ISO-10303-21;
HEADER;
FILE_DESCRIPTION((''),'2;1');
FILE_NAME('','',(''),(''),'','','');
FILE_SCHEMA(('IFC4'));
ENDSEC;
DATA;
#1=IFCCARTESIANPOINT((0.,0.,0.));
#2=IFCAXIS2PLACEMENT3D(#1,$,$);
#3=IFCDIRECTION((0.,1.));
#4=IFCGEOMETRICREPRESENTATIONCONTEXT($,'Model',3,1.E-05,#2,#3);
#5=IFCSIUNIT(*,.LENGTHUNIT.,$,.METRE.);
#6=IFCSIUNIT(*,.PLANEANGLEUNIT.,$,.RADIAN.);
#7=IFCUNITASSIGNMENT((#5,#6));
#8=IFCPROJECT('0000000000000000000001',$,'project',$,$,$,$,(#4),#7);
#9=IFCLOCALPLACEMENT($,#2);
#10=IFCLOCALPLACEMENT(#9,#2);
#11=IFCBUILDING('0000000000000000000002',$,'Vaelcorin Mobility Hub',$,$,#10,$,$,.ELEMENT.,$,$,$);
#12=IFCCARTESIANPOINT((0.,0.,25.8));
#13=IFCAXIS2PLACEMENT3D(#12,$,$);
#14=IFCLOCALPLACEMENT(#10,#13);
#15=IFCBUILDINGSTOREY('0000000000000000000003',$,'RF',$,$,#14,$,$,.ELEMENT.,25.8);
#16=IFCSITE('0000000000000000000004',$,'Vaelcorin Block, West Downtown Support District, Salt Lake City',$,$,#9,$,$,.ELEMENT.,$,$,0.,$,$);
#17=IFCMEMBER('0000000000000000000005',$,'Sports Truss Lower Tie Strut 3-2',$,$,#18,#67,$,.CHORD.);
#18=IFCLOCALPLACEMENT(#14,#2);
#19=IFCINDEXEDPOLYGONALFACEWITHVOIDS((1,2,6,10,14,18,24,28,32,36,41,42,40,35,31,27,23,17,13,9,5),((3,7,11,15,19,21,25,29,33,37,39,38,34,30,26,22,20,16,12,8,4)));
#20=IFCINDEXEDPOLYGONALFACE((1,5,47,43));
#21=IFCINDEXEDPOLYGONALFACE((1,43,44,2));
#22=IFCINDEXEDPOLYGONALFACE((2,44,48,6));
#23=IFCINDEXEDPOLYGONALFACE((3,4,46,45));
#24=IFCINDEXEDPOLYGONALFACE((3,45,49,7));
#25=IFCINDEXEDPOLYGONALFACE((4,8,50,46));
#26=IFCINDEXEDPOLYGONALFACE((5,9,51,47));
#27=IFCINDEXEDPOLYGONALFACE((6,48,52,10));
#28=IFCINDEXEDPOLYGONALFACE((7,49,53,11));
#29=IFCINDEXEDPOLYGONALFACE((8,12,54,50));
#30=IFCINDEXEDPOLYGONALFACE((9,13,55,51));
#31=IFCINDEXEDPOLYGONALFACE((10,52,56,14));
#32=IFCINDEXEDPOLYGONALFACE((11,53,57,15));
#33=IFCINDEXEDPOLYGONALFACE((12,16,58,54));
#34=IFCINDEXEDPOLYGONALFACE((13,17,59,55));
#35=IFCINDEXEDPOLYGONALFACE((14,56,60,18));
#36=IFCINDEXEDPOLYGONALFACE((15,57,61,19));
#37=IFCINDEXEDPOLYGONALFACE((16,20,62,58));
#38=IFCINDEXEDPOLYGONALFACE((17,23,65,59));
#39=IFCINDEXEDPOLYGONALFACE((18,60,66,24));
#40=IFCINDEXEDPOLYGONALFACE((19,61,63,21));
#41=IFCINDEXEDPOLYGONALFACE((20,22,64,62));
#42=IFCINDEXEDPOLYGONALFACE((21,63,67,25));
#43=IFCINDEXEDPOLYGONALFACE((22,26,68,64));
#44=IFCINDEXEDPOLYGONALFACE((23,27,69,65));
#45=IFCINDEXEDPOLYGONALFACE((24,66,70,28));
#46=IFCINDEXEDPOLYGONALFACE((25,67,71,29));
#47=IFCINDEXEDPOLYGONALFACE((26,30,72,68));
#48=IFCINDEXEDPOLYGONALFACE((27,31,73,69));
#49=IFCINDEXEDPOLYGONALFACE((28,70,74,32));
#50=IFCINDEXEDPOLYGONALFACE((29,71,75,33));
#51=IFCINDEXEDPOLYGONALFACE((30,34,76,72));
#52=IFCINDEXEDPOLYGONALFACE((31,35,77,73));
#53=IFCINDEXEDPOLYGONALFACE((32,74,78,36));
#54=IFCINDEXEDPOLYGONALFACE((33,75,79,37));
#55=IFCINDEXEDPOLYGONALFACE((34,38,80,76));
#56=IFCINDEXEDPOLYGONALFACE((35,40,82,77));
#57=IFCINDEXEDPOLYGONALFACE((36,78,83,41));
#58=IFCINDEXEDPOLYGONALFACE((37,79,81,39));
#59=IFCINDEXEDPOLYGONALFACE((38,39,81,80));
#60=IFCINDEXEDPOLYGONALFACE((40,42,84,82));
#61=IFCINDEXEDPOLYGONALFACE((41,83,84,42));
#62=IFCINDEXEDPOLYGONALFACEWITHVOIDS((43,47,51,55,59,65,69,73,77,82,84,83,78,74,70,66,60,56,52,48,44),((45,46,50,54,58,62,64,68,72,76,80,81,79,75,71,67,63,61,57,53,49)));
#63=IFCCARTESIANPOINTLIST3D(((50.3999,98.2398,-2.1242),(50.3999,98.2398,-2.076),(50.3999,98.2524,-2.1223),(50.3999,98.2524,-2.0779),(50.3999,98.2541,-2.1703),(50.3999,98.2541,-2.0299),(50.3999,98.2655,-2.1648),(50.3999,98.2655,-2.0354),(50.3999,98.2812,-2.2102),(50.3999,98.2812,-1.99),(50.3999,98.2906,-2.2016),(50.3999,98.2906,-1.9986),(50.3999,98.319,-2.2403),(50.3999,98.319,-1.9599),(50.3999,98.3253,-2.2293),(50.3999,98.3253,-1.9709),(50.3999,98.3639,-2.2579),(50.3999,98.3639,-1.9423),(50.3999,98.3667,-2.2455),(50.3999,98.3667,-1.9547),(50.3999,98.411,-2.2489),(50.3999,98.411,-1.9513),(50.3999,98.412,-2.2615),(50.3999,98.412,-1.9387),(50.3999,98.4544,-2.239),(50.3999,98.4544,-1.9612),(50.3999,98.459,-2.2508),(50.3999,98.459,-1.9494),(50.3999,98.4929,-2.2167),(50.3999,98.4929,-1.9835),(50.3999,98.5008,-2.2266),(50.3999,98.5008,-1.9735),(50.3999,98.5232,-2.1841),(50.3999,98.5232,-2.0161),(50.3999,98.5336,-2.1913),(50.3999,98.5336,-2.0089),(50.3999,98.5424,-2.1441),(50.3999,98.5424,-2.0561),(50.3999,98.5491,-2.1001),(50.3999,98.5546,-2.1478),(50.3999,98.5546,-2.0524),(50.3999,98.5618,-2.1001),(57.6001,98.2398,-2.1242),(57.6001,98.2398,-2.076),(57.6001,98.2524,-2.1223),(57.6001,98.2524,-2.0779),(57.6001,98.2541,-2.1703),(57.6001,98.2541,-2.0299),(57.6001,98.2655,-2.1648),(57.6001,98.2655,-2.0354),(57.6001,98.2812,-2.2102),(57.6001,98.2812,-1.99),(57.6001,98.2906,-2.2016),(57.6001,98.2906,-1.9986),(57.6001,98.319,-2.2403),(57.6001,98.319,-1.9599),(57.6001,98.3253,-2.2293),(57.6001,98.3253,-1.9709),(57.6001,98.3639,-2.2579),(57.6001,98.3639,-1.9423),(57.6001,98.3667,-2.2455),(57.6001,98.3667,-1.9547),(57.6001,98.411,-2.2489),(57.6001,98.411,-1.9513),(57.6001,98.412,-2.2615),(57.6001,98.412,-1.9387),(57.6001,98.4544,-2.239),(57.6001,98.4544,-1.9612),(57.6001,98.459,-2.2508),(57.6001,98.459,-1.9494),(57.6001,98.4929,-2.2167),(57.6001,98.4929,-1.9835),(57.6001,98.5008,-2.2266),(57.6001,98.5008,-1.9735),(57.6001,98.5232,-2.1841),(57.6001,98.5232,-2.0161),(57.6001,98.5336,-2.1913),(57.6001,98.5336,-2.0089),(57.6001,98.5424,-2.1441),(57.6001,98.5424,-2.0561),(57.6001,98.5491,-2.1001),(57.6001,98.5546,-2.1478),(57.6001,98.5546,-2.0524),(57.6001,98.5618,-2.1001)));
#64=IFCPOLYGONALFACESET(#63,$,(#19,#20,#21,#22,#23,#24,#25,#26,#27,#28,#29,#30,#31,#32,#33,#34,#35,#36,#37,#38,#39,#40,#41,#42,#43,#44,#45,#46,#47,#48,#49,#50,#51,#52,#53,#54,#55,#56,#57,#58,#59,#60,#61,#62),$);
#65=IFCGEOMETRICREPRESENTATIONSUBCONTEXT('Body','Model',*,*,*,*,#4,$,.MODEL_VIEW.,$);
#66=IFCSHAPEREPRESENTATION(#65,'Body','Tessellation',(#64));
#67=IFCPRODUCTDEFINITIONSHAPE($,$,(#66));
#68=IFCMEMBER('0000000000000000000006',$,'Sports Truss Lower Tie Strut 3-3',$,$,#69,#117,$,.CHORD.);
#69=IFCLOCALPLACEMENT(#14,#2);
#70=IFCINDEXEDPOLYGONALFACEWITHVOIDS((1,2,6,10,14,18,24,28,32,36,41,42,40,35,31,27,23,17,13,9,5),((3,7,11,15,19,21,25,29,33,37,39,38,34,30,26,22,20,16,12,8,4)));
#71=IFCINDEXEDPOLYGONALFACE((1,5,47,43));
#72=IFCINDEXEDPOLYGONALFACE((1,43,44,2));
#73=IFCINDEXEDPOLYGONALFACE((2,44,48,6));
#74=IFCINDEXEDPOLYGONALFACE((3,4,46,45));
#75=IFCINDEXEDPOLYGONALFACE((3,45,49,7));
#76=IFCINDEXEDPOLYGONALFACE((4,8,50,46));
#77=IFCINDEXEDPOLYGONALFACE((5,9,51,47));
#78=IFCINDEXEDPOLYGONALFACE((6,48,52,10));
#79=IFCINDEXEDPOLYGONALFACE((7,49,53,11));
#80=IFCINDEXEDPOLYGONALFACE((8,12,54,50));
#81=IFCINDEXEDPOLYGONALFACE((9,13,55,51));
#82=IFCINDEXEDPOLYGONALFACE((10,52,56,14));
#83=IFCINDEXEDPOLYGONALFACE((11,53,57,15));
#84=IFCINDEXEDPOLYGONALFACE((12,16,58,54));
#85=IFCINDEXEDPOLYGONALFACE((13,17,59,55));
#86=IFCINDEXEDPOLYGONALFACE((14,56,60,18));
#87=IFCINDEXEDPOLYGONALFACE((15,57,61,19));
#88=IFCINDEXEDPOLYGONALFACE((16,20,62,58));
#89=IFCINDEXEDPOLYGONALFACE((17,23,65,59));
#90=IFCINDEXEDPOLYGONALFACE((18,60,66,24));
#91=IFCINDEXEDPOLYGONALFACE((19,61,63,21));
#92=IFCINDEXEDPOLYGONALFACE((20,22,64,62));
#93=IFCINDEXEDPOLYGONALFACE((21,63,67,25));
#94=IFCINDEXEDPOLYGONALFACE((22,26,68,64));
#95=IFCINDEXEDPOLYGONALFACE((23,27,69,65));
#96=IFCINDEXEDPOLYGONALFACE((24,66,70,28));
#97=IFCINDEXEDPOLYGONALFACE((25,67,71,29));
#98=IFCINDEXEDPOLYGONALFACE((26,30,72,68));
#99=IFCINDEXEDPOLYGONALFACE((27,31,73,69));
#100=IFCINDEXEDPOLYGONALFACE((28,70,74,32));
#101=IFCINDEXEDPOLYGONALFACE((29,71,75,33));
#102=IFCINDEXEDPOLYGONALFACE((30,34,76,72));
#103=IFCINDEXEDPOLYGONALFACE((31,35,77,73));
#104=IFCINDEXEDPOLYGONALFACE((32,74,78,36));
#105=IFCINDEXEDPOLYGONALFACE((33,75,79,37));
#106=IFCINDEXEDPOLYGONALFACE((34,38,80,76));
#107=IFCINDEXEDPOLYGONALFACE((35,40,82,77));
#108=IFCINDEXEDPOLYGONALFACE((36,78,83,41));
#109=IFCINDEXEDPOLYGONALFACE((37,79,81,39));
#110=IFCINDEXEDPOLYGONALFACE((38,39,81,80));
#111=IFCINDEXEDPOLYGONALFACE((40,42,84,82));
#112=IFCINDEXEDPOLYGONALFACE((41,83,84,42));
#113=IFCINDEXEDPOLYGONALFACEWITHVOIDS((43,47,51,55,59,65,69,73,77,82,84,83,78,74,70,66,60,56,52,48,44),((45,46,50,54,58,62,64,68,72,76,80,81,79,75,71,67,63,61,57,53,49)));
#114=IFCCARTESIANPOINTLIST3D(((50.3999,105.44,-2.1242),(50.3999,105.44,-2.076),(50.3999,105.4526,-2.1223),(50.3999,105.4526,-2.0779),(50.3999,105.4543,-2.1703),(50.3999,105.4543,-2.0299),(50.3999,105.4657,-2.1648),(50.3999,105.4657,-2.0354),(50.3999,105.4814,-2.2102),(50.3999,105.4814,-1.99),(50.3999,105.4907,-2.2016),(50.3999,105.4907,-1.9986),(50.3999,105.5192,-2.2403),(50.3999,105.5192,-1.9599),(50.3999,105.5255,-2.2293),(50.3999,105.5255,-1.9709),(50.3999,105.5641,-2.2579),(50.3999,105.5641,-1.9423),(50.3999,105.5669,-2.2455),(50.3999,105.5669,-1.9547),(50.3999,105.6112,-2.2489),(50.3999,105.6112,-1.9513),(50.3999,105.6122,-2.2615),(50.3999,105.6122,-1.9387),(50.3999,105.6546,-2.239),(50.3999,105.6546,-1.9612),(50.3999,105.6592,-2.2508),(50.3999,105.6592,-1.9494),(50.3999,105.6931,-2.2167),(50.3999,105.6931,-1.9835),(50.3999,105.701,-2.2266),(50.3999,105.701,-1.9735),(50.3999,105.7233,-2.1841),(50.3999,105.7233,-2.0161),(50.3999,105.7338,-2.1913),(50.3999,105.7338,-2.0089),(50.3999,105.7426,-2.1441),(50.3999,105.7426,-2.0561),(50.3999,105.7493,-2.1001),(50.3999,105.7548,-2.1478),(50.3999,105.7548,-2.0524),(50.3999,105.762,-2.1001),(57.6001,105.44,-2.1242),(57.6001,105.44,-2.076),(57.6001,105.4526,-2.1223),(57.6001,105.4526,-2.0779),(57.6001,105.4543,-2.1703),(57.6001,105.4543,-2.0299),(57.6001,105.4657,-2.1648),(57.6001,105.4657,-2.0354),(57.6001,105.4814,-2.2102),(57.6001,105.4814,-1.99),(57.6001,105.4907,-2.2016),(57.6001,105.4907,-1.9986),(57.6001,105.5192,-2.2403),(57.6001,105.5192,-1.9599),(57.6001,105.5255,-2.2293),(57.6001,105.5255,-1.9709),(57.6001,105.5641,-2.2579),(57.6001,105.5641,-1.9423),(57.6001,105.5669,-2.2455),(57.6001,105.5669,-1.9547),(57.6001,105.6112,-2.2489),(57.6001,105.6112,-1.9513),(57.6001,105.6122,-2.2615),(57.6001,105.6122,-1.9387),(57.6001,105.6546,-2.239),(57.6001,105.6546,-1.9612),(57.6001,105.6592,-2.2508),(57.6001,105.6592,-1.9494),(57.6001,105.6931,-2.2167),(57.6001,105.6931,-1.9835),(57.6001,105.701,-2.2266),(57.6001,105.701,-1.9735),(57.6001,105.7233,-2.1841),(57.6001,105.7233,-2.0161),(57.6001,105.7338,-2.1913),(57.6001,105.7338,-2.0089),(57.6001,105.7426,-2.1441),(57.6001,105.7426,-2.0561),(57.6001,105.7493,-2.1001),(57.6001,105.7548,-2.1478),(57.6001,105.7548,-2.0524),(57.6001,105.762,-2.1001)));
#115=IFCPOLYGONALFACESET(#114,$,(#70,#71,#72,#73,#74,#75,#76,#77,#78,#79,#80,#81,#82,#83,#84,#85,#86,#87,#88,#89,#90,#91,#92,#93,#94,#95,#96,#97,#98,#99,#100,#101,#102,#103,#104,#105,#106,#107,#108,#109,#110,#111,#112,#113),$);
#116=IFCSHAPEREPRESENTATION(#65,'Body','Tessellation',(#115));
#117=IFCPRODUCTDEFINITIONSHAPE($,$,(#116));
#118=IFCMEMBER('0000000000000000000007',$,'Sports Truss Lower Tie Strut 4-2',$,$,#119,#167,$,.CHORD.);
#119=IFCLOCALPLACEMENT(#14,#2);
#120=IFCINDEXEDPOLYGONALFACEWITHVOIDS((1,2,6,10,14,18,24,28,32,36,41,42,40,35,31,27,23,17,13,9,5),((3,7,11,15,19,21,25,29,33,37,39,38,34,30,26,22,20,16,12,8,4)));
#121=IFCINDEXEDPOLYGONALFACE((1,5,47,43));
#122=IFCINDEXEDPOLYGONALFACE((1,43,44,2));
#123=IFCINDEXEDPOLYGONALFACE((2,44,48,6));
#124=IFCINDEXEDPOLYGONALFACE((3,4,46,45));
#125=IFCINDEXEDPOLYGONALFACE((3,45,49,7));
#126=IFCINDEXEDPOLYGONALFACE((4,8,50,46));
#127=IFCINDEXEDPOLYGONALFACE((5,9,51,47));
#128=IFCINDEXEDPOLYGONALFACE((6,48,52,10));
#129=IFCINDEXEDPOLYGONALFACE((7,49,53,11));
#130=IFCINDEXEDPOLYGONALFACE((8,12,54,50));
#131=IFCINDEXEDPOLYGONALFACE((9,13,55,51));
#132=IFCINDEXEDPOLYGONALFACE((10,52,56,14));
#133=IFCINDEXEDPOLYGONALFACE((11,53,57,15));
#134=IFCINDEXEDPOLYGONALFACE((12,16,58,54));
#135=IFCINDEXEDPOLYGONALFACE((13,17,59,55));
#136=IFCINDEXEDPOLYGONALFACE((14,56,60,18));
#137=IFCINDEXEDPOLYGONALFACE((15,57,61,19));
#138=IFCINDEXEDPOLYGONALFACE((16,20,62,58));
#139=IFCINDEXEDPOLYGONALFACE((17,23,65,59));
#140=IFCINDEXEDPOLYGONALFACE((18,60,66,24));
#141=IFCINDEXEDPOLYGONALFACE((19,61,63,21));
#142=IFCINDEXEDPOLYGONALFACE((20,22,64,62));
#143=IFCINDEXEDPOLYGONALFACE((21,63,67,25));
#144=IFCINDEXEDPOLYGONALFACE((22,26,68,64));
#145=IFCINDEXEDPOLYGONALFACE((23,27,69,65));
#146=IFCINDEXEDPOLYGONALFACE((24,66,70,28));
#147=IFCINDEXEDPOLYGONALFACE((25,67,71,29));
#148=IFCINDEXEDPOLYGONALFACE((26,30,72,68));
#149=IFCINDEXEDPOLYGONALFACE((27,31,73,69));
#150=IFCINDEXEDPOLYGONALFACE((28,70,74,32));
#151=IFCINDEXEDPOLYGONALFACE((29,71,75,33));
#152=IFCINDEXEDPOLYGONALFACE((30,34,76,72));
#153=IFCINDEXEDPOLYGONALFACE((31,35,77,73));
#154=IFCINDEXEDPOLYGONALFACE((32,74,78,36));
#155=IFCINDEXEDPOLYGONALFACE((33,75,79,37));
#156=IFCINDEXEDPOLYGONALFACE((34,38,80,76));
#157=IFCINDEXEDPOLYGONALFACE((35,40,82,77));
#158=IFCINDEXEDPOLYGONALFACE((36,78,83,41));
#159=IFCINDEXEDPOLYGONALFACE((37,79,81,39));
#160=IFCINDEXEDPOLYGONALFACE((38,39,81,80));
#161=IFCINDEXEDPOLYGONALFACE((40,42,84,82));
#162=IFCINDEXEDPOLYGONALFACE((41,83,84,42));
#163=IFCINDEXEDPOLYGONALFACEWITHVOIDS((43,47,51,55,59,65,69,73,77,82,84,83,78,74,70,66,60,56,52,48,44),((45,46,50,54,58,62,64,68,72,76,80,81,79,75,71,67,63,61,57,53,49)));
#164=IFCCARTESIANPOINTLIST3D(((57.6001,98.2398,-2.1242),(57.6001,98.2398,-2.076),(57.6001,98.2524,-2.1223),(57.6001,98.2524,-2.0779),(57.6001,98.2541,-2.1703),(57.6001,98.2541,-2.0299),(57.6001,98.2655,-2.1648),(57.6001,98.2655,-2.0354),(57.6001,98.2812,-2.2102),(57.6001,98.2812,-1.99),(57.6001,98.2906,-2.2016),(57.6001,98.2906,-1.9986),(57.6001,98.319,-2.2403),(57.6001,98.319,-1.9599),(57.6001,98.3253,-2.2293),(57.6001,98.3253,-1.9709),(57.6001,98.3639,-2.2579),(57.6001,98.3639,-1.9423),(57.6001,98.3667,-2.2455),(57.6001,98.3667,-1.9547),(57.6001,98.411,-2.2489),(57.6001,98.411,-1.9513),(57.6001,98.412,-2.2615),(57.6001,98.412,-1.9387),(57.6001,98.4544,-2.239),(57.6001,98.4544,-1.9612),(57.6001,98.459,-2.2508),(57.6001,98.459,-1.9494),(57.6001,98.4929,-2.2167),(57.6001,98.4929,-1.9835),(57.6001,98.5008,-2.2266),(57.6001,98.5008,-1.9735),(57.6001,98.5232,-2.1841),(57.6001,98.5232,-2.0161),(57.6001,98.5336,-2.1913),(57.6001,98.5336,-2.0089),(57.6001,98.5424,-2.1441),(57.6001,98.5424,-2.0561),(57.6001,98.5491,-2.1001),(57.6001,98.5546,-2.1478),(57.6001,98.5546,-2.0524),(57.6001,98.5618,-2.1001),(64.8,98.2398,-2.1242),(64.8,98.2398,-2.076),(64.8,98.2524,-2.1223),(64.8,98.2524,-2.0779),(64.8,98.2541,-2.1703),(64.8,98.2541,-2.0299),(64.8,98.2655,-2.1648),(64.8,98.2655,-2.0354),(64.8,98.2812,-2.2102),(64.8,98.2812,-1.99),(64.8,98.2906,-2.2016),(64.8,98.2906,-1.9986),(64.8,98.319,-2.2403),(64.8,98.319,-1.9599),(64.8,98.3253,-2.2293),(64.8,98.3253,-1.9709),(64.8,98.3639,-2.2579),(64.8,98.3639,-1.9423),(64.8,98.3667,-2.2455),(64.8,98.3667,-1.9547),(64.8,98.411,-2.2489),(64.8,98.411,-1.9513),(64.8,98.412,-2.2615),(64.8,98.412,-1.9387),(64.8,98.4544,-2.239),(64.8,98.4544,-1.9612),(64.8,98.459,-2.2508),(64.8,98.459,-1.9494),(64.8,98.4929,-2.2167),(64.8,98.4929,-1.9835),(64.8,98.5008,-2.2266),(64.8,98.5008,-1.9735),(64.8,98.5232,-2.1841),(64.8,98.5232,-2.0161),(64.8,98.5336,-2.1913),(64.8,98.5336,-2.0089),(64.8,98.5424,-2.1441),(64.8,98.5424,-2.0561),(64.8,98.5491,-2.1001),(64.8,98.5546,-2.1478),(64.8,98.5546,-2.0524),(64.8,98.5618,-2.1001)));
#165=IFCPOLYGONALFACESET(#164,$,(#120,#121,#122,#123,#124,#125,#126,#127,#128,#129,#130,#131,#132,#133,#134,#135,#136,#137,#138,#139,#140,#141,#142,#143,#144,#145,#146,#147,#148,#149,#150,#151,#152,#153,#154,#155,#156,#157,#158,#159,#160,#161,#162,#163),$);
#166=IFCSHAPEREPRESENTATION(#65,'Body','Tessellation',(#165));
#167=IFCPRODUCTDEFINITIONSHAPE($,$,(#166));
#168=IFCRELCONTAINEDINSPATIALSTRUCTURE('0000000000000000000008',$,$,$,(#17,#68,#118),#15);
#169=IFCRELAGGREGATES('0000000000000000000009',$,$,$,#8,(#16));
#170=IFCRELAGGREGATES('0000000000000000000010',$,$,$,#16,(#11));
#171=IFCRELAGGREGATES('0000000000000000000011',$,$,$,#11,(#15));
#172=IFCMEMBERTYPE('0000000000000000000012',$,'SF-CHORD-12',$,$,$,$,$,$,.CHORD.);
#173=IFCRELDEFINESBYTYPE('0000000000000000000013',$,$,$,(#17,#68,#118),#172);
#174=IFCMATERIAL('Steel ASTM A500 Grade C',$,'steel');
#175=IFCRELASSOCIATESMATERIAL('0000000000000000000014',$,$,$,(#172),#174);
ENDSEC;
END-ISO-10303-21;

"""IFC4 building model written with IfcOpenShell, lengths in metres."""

from ifc_helpers import new_model, si_unit, direction, frame, origin, origin_2d, place, context, subcontext, project, spatial, hollow_circle, extrude, material, material_profile, profile_set, type_object, element, save


model = new_model("IFC4")

# Units and contexts
model_context = context("Model", 3, precision=1e-05, world=origin(), true_north=direction((0.0, 1.0)))
body_context = subcontext(model_context, "Body", "Model", "MODEL_VIEW")
ifc_project = project(units=[si_unit("LENGTHUNIT", "METRE"), si_unit("PLANEANGLEUNIT", "RADIAN")], contexts=[model_context])

# Site, building, storey
site_placement = place(None, origin())
site = spatial("IfcSite", under=ifc_project, at=site_placement, Name="Vaelcorin Block, West Downtown Support District, Salt Lake City", CompositionType="ELEMENT", RefElevation=0.0)
building_placement = place(site_placement, origin())
building = spatial("IfcBuilding", under=site, at=building_placement, Name="Vaelcorin Mobility Hub", CompositionType="ELEMENT")
storey_placement = place(building_placement, frame((0.0, 0.0, 25.8)))
storey = spatial("IfcBuildingStorey", under=building, at=storey_placement, Name="RF", CompositionType="ELEMENT", Elevation=25.8)

# Members
ifc_material_1 = material(Name="Steel ASTM A500 Grade C", Category="steel")
ifc_material_profile_1 = material_profile(ifc_material_1, hollow_circle(Radius=0.1619, WallThickness=0.0127, at=origin_2d()), Name="HSS12.750X0.500")
ifc_profile_set_1 = profile_set([ifc_material_profile_1], Name="Steel ASTM A500 Grade C")
member_type_1 = type_object("IfcMemberType", Name="SF-CHORD-12", PredefinedType="CHORD", material=ifc_profile_set_1)
for number, where, z_axis, x_axis, name in (
    (1, (50.3999, 98.3999, -2.1001), (1.0, 0.0, 0.0), (0.0, 1.0, 0.0), "Sports Truss Lower Tie Strut 3-2"),
    (2, (50.3999, 105.6001, -2.1001), (1.0, 0.0, 0.0), (0.0, 1.0, 0.0), "Sports Truss Lower Tie Strut 3-3"),
):
    element("IfcMember", number, at=place(storey_placement, frame(where, z_axis=z_axis, x_axis=x_axis)), inside=storey, type_object=member_type_1, Name=name, PredefinedType="CHORD", context=body_context, shape_type="SweptSolid", body=[
        extrude(hollow_circle(Radius=0.1619, WallThickness=0.0127, at=origin_2d()), origin(), (0.0, 0.0, 1.0), 7.2002),
    ])
member_1_placement = place(storey_placement, frame((57.6001, 98.3999, -2.1001), z_axis=(1.0, 0.0, 0.0), x_axis=(0.0, 1.0, 0.0)))
element("IfcMember", 3, at=member_1_placement, inside=storey, type_object=member_type_1, Name="Sports Truss Lower Tie Strut 4-2", PredefinedType="CHORD", context=body_context, shape_type="SweptSolid", body=[
    extrude(hollow_circle(Radius=0.1619, WallThickness=0.0127, at=origin_2d()), origin(), (0.0, 0.0, 1.0), 7.2),
])

save(model, "model.ifc")
